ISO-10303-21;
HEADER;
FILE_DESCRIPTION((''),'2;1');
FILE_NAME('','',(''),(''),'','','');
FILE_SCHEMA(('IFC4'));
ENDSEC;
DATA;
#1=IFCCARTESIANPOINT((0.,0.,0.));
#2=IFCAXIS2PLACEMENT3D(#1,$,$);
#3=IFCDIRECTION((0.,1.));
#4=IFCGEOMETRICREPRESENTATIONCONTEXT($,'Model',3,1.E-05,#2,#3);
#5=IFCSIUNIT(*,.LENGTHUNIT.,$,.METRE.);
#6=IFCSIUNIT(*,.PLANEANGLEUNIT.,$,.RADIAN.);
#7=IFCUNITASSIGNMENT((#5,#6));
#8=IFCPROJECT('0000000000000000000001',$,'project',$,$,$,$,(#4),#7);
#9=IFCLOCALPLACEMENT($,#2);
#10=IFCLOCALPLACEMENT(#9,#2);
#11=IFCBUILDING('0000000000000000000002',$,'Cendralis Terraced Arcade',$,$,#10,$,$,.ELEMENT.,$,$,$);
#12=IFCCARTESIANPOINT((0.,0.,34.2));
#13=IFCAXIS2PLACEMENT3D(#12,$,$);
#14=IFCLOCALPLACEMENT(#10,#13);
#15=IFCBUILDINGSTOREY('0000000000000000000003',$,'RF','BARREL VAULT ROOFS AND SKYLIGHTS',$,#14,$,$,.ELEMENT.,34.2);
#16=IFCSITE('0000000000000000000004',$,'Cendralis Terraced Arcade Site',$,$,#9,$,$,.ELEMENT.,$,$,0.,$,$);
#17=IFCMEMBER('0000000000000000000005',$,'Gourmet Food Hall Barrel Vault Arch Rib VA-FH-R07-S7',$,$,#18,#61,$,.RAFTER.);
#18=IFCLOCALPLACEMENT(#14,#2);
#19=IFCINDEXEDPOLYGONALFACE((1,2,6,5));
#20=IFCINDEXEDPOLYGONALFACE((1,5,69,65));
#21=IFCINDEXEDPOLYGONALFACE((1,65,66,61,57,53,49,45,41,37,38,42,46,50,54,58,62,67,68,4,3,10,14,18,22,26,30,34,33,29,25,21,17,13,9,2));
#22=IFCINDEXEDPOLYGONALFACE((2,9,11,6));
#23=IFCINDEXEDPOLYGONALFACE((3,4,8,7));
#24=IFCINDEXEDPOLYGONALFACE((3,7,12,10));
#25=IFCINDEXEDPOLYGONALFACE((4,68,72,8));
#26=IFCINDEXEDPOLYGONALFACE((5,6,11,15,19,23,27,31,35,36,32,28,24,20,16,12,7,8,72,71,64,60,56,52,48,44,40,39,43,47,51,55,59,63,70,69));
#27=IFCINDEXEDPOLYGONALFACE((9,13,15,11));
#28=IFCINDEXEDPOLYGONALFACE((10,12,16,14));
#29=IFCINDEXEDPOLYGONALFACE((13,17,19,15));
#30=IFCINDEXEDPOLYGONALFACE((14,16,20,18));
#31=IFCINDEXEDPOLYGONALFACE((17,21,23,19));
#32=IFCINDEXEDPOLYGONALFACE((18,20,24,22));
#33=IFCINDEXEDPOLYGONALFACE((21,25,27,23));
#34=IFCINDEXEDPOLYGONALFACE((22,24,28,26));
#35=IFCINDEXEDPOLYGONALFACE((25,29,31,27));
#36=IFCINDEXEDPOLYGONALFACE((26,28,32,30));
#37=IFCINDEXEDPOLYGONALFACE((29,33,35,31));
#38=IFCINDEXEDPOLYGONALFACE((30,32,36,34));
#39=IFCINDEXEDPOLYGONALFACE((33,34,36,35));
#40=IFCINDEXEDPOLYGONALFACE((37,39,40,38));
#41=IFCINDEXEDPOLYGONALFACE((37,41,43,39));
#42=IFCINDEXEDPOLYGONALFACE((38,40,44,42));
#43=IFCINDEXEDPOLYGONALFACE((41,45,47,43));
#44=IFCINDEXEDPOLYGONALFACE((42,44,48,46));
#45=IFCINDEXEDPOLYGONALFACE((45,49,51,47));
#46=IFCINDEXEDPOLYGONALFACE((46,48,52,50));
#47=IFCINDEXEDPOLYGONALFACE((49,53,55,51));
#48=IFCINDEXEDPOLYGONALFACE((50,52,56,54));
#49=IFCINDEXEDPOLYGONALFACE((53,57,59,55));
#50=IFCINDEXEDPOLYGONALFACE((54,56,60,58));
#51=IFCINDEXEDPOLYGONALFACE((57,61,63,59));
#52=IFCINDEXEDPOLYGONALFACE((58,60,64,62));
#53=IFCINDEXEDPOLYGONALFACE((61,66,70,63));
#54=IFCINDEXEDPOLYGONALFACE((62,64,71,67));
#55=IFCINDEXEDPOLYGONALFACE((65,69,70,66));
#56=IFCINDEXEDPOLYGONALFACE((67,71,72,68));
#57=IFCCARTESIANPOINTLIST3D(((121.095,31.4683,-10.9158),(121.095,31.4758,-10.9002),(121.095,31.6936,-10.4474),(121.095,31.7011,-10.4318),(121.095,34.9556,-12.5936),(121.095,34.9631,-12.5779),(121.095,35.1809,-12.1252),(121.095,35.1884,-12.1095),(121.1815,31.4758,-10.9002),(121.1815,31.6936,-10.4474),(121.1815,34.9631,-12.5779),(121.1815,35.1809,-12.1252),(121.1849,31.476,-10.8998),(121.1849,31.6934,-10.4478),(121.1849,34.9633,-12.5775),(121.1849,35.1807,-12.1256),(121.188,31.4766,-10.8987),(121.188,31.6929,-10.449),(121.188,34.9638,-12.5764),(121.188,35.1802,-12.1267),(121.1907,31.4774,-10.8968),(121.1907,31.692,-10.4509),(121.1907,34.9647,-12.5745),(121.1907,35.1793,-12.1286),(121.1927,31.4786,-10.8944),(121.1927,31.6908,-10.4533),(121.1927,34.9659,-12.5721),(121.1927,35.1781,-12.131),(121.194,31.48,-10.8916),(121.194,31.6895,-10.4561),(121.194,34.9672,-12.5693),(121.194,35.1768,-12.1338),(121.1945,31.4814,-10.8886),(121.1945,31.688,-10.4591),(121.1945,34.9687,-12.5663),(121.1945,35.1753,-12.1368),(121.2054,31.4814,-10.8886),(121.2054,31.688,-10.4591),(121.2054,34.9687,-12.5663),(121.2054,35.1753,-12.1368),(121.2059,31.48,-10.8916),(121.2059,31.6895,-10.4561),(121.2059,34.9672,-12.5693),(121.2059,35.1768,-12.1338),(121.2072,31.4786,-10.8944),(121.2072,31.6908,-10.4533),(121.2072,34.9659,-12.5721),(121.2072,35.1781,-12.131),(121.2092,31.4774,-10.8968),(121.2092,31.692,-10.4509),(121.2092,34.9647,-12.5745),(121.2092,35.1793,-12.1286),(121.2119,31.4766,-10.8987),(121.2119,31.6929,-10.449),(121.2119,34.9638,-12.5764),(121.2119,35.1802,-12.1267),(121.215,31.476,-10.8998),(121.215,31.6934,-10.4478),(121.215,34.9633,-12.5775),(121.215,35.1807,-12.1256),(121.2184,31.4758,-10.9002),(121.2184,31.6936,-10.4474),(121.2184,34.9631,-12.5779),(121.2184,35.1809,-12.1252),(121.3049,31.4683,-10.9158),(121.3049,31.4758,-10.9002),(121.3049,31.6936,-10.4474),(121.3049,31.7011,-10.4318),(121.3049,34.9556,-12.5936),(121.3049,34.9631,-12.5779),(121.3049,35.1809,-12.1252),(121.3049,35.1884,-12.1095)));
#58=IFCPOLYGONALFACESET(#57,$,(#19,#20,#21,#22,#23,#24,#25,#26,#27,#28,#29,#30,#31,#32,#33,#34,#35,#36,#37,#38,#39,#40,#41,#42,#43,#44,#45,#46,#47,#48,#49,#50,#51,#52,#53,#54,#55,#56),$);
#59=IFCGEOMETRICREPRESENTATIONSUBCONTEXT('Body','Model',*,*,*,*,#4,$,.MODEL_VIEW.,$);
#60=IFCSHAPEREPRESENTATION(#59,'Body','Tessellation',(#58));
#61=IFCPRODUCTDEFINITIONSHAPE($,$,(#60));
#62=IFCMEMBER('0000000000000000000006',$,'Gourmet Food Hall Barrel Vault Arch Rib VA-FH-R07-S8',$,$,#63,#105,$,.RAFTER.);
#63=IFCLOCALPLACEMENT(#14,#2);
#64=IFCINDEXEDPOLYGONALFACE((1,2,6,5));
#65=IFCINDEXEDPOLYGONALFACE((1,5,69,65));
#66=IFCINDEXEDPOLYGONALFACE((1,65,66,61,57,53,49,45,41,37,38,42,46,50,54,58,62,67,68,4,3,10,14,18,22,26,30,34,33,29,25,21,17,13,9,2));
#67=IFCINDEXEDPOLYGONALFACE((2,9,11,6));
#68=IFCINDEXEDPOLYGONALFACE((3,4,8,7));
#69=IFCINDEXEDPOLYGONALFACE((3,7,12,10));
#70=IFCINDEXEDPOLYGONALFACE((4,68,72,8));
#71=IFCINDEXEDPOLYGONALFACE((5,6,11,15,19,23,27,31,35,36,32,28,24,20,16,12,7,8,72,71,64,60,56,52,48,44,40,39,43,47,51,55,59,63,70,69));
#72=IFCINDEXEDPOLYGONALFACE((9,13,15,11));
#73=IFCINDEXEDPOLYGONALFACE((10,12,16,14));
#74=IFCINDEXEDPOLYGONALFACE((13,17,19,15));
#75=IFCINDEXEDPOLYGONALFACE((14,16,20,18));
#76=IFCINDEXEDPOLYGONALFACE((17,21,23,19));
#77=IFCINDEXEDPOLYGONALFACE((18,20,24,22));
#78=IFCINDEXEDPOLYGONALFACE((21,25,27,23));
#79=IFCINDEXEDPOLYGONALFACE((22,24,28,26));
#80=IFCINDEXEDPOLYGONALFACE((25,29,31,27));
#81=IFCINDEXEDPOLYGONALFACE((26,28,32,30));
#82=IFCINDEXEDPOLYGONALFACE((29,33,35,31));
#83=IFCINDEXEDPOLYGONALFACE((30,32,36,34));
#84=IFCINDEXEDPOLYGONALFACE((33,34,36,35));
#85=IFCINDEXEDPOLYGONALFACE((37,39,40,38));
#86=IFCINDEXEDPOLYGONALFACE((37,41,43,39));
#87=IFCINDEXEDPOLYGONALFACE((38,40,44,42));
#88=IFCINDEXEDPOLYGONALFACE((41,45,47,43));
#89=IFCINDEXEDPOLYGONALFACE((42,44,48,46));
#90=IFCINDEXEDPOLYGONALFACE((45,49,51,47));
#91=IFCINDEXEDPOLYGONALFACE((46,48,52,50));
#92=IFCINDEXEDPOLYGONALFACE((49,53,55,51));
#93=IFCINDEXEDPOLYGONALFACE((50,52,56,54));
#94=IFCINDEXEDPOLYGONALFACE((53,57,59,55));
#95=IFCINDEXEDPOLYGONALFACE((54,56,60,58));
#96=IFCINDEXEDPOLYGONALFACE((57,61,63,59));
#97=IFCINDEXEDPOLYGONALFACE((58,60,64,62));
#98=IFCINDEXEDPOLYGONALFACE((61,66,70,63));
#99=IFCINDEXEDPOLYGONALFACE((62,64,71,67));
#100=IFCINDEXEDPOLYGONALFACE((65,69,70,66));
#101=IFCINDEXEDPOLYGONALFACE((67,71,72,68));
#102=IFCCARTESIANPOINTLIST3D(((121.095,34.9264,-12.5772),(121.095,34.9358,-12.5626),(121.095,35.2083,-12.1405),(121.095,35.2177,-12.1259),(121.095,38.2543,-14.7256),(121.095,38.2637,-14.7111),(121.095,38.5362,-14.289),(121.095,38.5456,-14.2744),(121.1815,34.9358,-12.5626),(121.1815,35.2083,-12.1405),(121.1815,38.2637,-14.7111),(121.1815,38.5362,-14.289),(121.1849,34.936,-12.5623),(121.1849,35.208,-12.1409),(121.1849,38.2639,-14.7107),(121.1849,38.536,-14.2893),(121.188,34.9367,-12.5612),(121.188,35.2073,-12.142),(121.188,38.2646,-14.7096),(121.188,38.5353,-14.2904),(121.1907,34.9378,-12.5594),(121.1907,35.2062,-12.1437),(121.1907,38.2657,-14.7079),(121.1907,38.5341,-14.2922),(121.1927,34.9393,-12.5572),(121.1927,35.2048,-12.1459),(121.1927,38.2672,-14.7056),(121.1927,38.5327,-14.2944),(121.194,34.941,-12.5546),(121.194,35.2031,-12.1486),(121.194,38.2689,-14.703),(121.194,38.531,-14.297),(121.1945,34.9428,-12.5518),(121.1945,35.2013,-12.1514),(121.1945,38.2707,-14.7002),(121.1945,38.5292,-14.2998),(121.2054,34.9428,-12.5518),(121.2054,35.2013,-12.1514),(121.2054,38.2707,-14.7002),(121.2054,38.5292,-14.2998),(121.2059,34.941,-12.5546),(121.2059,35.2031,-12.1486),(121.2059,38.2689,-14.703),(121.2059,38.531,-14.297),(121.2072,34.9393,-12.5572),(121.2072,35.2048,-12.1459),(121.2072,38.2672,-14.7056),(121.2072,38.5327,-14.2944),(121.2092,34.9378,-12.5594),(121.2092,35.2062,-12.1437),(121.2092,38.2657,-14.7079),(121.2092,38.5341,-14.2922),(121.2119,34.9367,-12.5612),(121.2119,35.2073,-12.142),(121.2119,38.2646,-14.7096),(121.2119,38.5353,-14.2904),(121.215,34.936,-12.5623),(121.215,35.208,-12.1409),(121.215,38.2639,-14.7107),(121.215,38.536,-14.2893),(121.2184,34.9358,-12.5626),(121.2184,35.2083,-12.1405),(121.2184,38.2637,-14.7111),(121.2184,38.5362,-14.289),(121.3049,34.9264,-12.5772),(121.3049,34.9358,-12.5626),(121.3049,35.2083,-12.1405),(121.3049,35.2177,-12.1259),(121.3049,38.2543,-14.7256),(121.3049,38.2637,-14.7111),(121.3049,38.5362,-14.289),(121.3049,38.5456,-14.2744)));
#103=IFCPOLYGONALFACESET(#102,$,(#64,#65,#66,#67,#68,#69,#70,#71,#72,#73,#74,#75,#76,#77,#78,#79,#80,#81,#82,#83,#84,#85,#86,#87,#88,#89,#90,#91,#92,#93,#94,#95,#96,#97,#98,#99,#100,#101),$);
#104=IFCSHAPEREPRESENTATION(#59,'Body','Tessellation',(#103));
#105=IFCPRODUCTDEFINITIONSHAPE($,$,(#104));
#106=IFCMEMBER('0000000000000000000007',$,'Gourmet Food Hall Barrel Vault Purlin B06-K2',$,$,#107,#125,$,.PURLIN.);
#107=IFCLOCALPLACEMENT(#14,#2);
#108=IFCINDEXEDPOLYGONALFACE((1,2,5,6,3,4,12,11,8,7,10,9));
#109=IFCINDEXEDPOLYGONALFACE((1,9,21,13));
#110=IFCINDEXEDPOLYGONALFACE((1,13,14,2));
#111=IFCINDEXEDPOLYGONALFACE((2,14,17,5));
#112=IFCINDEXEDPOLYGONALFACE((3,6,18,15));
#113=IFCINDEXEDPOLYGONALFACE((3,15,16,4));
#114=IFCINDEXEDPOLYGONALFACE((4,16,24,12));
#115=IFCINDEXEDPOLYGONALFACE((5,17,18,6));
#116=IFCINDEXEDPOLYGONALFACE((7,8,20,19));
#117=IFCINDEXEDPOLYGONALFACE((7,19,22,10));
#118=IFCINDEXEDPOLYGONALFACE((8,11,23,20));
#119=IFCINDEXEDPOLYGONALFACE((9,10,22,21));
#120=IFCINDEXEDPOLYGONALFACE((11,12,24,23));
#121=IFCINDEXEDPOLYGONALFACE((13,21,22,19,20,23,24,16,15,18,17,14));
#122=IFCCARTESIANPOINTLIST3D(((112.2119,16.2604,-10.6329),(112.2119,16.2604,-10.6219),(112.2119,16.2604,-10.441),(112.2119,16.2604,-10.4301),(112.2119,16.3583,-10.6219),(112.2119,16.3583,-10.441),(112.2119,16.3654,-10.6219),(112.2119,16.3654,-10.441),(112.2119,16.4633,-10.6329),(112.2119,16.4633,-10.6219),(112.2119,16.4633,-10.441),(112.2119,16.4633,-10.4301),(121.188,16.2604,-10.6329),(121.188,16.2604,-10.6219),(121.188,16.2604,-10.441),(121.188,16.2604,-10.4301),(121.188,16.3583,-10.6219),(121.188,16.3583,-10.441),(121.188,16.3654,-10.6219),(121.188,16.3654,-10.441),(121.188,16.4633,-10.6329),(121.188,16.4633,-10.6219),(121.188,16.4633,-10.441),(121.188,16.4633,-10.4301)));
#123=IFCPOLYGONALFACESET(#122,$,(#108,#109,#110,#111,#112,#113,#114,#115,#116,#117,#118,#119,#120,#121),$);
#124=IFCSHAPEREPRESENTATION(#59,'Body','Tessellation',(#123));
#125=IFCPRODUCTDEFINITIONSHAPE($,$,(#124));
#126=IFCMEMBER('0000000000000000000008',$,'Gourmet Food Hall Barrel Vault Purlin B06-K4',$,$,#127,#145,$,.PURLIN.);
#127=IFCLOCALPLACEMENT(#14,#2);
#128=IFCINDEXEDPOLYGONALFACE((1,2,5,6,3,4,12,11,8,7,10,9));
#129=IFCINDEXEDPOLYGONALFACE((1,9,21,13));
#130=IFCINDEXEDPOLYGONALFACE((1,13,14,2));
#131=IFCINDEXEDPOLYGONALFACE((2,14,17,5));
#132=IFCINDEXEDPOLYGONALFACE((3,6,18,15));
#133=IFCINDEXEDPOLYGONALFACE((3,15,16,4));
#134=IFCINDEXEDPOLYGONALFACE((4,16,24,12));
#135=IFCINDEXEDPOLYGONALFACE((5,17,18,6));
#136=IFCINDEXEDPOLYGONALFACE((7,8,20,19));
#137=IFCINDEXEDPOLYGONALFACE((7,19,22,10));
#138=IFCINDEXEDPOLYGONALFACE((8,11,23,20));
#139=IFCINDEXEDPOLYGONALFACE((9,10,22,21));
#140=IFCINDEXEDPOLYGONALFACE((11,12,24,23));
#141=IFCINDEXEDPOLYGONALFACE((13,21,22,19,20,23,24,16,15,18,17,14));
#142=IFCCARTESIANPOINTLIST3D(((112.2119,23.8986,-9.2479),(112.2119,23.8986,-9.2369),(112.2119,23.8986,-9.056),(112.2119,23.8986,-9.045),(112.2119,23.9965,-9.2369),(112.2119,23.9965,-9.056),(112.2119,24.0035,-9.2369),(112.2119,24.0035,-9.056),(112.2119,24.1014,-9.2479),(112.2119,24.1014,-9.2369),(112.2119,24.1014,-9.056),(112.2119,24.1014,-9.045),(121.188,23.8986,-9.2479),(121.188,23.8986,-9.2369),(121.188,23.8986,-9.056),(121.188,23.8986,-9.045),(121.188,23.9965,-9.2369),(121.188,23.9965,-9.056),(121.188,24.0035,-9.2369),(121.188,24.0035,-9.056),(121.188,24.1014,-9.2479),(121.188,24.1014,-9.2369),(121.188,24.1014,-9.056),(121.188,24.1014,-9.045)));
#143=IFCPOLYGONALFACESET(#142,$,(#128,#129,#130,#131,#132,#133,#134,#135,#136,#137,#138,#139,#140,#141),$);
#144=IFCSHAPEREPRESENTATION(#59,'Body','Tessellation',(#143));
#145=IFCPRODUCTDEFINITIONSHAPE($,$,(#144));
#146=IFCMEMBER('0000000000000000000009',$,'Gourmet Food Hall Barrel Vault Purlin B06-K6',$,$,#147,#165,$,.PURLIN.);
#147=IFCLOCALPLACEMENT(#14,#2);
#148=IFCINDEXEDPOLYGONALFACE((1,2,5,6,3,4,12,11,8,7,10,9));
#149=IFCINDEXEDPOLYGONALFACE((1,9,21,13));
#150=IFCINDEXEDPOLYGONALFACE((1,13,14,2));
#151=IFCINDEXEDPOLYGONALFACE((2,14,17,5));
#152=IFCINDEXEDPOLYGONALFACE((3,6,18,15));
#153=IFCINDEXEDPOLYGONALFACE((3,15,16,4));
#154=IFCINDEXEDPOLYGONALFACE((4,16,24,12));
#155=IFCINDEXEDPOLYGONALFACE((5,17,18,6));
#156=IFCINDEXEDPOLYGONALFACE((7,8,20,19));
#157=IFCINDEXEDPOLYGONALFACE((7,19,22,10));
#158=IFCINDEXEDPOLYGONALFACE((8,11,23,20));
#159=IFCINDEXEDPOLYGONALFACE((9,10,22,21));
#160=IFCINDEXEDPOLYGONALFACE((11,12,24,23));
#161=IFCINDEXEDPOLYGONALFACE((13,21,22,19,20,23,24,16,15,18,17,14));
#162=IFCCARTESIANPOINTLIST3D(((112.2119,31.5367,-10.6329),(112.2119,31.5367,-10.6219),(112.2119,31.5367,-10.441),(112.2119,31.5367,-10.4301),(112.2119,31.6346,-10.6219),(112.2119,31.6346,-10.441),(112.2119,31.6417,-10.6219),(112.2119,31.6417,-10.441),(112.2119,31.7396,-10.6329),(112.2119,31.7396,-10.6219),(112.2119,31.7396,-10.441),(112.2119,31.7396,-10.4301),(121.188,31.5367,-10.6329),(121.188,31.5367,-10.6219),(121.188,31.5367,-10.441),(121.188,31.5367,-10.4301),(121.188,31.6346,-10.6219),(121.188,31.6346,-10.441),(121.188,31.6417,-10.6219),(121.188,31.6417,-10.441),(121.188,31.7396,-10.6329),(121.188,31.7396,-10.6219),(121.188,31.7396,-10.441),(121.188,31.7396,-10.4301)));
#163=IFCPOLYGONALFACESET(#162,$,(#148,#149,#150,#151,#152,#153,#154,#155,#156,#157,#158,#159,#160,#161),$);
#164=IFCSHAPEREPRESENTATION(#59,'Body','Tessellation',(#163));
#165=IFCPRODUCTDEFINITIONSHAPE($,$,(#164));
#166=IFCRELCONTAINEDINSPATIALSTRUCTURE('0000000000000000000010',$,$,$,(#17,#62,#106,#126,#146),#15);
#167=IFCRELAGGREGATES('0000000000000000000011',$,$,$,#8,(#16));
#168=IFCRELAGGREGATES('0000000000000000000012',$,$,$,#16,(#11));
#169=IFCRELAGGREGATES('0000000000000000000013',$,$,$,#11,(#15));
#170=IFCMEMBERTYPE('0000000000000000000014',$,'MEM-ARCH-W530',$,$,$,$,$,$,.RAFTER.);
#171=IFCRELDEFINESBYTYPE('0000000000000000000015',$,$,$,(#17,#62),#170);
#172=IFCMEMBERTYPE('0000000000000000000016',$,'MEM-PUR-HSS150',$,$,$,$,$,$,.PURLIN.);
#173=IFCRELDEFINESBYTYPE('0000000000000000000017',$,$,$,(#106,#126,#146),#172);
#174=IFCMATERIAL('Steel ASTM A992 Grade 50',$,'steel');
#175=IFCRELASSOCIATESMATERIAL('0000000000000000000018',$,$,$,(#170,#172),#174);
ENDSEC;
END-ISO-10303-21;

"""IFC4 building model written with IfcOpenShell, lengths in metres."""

from ifc_helpers import new_model, si_unit, direction, frame, origin, origin_2d, place, context, subcontext, project, spatial, i_section, extrude, material, material_profile, profile_set, type_object, element, save


model = new_model("IFC4")

# Units and contexts
model_context = context("Model", 3, precision=1e-05, world=origin(), true_north=direction((0.0, 1.0)))
body_context = subcontext(model_context, "Body", "Model", "MODEL_VIEW")
ifc_project = project(units=[si_unit("LENGTHUNIT", "METRE"), si_unit("PLANEANGLEUNIT", "RADIAN")], contexts=[model_context])

# Site, building, storey
site_placement = place(None, origin())
site = spatial("IfcSite", under=ifc_project, at=site_placement, Name="Cendralis Terraced Arcade Site", CompositionType="ELEMENT", RefElevation=0.0)
building_placement = place(site_placement, origin())
building = spatial("IfcBuilding", under=site, at=building_placement, Name="Cendralis Terraced Arcade", CompositionType="ELEMENT")
storey_placement = place(building_placement, frame((0.0, 0.0, 34.2)))
storey = spatial("IfcBuildingStorey", under=building, at=storey_placement, Name="RF", Description="BARREL VAULT ROOFS AND SKYLIGHTS", CompositionType="ELEMENT", Elevation=34.2)

# Members
ifc_material_1 = material(Name="Steel ASTM A992 Grade 50", Category="steel")
ifc_material_profile_1 = material_profile(ifc_material_1, i_section(OverallWidth=0.21, OverallDepth=0.5371, WebThickness=0.011, FlangeThickness=0.0173, FilletRadius=0.0129, at=origin_2d()), Name="W530X101", Category="LoadBearing")
ifc_profile_set_1 = profile_set([ifc_material_profile_1], Name="Steel ASTM A992 Grade 50")
member_type_1 = type_object("IfcMemberType", Name="MEM-ARCH-W530", PredefinedType="RAFTER", material=ifc_profile_set_1)
member_1_placement = place(storey_placement, frame((121.2, 31.5847, -10.6738), z_axis=(0.0, 0.901137, -0.433535), x_axis=(-1.0, 0.0, 0.0)))
element("IfcMember", 1, at=member_1_placement, inside=storey, type_object=member_type_1, Name="Gourmet Food Hall Barrel Vault Arch Rib VA-FH-R07-S7", PredefinedType="RAFTER", context=body_context, shape_type="SweptSolid", body=[
    extrude(i_section(OverallWidth=0.21, OverallDepth=0.5371, WebThickness=0.011, FlangeThickness=0.0173, FilletRadius=0.0129, at=origin_2d()), origin(), (0.0, 0.0, 1.0), 3.8699),
])
member_2_placement = place(storey_placement, frame((121.2, 35.072, -12.3516), z_axis=(0.0, 0.840134, -0.54238), x_axis=(-1.0, 0.0, 0.0)))
element("IfcMember", 2, at=member_2_placement, inside=storey, type_object=member_type_1, Name="Gourmet Food Hall Barrel Vault Arch Rib VA-FH-R07-S8", PredefinedType="RAFTER", context=body_context, shape_type="SweptSolid", body=[
    extrude(i_section(OverallWidth=0.21, OverallDepth=0.5371, WebThickness=0.011, FlangeThickness=0.0173, FilletRadius=0.0129, at=origin_2d()), origin(), (0.0, 0.0, 1.0), 3.9612),
])
ifc_material_profile_2 = material_profile(ifc_material_1, i_section(OverallWidth=0.2029, OverallDepth=0.2029, WebThickness=0.0071, FlangeThickness=0.011, at=origin_2d()), Name="W200X46.1", Category="LoadBearing")
ifc_profile_set_2 = profile_set([ifc_material_profile_2], Name="Steel ASTM A992 Grade 50")
member_type_2 = type_object("IfcMemberType", Name="MEM-PUR-HSS150", PredefinedType="PURLIN", material=ifc_profile_set_2)
for number, where, z_axis, x_axis, name in (
    (3, (112.2119, 16.3618, -10.5315), (1.0, 0.0, 0.0), (0.0, 1.0, 0.0), "Gourmet Food Hall Barrel Vault Purlin B06-K2"),
    (4, (112.2119, 24.0, -9.1465), (1.0, 0.0, 0.0), (0.0, 1.0, 0.0), "Gourmet Food Hall Barrel Vault Purlin B06-K4"),
    (5, (112.2119, 31.6382, -10.5315), (1.0, 0.0, 0.0), (0.0, 1.0, 0.0), "Gourmet Food Hall Barrel Vault Purlin B06-K6"),
):
    element("IfcMember", number, at=place(storey_placement, frame(where, z_axis=z_axis, x_axis=x_axis)), inside=storey, type_object=member_type_2, Name=name, PredefinedType="PURLIN", context=body_context, shape_type="SweptSolid", body=[
        extrude(i_section(OverallWidth=0.2029, OverallDepth=0.2029, WebThickness=0.0071, FlangeThickness=0.011, at=origin_2d()), origin(), (0.0, 0.0, 1.0), 8.9761),
    ])

save(model, "model.ifc")
